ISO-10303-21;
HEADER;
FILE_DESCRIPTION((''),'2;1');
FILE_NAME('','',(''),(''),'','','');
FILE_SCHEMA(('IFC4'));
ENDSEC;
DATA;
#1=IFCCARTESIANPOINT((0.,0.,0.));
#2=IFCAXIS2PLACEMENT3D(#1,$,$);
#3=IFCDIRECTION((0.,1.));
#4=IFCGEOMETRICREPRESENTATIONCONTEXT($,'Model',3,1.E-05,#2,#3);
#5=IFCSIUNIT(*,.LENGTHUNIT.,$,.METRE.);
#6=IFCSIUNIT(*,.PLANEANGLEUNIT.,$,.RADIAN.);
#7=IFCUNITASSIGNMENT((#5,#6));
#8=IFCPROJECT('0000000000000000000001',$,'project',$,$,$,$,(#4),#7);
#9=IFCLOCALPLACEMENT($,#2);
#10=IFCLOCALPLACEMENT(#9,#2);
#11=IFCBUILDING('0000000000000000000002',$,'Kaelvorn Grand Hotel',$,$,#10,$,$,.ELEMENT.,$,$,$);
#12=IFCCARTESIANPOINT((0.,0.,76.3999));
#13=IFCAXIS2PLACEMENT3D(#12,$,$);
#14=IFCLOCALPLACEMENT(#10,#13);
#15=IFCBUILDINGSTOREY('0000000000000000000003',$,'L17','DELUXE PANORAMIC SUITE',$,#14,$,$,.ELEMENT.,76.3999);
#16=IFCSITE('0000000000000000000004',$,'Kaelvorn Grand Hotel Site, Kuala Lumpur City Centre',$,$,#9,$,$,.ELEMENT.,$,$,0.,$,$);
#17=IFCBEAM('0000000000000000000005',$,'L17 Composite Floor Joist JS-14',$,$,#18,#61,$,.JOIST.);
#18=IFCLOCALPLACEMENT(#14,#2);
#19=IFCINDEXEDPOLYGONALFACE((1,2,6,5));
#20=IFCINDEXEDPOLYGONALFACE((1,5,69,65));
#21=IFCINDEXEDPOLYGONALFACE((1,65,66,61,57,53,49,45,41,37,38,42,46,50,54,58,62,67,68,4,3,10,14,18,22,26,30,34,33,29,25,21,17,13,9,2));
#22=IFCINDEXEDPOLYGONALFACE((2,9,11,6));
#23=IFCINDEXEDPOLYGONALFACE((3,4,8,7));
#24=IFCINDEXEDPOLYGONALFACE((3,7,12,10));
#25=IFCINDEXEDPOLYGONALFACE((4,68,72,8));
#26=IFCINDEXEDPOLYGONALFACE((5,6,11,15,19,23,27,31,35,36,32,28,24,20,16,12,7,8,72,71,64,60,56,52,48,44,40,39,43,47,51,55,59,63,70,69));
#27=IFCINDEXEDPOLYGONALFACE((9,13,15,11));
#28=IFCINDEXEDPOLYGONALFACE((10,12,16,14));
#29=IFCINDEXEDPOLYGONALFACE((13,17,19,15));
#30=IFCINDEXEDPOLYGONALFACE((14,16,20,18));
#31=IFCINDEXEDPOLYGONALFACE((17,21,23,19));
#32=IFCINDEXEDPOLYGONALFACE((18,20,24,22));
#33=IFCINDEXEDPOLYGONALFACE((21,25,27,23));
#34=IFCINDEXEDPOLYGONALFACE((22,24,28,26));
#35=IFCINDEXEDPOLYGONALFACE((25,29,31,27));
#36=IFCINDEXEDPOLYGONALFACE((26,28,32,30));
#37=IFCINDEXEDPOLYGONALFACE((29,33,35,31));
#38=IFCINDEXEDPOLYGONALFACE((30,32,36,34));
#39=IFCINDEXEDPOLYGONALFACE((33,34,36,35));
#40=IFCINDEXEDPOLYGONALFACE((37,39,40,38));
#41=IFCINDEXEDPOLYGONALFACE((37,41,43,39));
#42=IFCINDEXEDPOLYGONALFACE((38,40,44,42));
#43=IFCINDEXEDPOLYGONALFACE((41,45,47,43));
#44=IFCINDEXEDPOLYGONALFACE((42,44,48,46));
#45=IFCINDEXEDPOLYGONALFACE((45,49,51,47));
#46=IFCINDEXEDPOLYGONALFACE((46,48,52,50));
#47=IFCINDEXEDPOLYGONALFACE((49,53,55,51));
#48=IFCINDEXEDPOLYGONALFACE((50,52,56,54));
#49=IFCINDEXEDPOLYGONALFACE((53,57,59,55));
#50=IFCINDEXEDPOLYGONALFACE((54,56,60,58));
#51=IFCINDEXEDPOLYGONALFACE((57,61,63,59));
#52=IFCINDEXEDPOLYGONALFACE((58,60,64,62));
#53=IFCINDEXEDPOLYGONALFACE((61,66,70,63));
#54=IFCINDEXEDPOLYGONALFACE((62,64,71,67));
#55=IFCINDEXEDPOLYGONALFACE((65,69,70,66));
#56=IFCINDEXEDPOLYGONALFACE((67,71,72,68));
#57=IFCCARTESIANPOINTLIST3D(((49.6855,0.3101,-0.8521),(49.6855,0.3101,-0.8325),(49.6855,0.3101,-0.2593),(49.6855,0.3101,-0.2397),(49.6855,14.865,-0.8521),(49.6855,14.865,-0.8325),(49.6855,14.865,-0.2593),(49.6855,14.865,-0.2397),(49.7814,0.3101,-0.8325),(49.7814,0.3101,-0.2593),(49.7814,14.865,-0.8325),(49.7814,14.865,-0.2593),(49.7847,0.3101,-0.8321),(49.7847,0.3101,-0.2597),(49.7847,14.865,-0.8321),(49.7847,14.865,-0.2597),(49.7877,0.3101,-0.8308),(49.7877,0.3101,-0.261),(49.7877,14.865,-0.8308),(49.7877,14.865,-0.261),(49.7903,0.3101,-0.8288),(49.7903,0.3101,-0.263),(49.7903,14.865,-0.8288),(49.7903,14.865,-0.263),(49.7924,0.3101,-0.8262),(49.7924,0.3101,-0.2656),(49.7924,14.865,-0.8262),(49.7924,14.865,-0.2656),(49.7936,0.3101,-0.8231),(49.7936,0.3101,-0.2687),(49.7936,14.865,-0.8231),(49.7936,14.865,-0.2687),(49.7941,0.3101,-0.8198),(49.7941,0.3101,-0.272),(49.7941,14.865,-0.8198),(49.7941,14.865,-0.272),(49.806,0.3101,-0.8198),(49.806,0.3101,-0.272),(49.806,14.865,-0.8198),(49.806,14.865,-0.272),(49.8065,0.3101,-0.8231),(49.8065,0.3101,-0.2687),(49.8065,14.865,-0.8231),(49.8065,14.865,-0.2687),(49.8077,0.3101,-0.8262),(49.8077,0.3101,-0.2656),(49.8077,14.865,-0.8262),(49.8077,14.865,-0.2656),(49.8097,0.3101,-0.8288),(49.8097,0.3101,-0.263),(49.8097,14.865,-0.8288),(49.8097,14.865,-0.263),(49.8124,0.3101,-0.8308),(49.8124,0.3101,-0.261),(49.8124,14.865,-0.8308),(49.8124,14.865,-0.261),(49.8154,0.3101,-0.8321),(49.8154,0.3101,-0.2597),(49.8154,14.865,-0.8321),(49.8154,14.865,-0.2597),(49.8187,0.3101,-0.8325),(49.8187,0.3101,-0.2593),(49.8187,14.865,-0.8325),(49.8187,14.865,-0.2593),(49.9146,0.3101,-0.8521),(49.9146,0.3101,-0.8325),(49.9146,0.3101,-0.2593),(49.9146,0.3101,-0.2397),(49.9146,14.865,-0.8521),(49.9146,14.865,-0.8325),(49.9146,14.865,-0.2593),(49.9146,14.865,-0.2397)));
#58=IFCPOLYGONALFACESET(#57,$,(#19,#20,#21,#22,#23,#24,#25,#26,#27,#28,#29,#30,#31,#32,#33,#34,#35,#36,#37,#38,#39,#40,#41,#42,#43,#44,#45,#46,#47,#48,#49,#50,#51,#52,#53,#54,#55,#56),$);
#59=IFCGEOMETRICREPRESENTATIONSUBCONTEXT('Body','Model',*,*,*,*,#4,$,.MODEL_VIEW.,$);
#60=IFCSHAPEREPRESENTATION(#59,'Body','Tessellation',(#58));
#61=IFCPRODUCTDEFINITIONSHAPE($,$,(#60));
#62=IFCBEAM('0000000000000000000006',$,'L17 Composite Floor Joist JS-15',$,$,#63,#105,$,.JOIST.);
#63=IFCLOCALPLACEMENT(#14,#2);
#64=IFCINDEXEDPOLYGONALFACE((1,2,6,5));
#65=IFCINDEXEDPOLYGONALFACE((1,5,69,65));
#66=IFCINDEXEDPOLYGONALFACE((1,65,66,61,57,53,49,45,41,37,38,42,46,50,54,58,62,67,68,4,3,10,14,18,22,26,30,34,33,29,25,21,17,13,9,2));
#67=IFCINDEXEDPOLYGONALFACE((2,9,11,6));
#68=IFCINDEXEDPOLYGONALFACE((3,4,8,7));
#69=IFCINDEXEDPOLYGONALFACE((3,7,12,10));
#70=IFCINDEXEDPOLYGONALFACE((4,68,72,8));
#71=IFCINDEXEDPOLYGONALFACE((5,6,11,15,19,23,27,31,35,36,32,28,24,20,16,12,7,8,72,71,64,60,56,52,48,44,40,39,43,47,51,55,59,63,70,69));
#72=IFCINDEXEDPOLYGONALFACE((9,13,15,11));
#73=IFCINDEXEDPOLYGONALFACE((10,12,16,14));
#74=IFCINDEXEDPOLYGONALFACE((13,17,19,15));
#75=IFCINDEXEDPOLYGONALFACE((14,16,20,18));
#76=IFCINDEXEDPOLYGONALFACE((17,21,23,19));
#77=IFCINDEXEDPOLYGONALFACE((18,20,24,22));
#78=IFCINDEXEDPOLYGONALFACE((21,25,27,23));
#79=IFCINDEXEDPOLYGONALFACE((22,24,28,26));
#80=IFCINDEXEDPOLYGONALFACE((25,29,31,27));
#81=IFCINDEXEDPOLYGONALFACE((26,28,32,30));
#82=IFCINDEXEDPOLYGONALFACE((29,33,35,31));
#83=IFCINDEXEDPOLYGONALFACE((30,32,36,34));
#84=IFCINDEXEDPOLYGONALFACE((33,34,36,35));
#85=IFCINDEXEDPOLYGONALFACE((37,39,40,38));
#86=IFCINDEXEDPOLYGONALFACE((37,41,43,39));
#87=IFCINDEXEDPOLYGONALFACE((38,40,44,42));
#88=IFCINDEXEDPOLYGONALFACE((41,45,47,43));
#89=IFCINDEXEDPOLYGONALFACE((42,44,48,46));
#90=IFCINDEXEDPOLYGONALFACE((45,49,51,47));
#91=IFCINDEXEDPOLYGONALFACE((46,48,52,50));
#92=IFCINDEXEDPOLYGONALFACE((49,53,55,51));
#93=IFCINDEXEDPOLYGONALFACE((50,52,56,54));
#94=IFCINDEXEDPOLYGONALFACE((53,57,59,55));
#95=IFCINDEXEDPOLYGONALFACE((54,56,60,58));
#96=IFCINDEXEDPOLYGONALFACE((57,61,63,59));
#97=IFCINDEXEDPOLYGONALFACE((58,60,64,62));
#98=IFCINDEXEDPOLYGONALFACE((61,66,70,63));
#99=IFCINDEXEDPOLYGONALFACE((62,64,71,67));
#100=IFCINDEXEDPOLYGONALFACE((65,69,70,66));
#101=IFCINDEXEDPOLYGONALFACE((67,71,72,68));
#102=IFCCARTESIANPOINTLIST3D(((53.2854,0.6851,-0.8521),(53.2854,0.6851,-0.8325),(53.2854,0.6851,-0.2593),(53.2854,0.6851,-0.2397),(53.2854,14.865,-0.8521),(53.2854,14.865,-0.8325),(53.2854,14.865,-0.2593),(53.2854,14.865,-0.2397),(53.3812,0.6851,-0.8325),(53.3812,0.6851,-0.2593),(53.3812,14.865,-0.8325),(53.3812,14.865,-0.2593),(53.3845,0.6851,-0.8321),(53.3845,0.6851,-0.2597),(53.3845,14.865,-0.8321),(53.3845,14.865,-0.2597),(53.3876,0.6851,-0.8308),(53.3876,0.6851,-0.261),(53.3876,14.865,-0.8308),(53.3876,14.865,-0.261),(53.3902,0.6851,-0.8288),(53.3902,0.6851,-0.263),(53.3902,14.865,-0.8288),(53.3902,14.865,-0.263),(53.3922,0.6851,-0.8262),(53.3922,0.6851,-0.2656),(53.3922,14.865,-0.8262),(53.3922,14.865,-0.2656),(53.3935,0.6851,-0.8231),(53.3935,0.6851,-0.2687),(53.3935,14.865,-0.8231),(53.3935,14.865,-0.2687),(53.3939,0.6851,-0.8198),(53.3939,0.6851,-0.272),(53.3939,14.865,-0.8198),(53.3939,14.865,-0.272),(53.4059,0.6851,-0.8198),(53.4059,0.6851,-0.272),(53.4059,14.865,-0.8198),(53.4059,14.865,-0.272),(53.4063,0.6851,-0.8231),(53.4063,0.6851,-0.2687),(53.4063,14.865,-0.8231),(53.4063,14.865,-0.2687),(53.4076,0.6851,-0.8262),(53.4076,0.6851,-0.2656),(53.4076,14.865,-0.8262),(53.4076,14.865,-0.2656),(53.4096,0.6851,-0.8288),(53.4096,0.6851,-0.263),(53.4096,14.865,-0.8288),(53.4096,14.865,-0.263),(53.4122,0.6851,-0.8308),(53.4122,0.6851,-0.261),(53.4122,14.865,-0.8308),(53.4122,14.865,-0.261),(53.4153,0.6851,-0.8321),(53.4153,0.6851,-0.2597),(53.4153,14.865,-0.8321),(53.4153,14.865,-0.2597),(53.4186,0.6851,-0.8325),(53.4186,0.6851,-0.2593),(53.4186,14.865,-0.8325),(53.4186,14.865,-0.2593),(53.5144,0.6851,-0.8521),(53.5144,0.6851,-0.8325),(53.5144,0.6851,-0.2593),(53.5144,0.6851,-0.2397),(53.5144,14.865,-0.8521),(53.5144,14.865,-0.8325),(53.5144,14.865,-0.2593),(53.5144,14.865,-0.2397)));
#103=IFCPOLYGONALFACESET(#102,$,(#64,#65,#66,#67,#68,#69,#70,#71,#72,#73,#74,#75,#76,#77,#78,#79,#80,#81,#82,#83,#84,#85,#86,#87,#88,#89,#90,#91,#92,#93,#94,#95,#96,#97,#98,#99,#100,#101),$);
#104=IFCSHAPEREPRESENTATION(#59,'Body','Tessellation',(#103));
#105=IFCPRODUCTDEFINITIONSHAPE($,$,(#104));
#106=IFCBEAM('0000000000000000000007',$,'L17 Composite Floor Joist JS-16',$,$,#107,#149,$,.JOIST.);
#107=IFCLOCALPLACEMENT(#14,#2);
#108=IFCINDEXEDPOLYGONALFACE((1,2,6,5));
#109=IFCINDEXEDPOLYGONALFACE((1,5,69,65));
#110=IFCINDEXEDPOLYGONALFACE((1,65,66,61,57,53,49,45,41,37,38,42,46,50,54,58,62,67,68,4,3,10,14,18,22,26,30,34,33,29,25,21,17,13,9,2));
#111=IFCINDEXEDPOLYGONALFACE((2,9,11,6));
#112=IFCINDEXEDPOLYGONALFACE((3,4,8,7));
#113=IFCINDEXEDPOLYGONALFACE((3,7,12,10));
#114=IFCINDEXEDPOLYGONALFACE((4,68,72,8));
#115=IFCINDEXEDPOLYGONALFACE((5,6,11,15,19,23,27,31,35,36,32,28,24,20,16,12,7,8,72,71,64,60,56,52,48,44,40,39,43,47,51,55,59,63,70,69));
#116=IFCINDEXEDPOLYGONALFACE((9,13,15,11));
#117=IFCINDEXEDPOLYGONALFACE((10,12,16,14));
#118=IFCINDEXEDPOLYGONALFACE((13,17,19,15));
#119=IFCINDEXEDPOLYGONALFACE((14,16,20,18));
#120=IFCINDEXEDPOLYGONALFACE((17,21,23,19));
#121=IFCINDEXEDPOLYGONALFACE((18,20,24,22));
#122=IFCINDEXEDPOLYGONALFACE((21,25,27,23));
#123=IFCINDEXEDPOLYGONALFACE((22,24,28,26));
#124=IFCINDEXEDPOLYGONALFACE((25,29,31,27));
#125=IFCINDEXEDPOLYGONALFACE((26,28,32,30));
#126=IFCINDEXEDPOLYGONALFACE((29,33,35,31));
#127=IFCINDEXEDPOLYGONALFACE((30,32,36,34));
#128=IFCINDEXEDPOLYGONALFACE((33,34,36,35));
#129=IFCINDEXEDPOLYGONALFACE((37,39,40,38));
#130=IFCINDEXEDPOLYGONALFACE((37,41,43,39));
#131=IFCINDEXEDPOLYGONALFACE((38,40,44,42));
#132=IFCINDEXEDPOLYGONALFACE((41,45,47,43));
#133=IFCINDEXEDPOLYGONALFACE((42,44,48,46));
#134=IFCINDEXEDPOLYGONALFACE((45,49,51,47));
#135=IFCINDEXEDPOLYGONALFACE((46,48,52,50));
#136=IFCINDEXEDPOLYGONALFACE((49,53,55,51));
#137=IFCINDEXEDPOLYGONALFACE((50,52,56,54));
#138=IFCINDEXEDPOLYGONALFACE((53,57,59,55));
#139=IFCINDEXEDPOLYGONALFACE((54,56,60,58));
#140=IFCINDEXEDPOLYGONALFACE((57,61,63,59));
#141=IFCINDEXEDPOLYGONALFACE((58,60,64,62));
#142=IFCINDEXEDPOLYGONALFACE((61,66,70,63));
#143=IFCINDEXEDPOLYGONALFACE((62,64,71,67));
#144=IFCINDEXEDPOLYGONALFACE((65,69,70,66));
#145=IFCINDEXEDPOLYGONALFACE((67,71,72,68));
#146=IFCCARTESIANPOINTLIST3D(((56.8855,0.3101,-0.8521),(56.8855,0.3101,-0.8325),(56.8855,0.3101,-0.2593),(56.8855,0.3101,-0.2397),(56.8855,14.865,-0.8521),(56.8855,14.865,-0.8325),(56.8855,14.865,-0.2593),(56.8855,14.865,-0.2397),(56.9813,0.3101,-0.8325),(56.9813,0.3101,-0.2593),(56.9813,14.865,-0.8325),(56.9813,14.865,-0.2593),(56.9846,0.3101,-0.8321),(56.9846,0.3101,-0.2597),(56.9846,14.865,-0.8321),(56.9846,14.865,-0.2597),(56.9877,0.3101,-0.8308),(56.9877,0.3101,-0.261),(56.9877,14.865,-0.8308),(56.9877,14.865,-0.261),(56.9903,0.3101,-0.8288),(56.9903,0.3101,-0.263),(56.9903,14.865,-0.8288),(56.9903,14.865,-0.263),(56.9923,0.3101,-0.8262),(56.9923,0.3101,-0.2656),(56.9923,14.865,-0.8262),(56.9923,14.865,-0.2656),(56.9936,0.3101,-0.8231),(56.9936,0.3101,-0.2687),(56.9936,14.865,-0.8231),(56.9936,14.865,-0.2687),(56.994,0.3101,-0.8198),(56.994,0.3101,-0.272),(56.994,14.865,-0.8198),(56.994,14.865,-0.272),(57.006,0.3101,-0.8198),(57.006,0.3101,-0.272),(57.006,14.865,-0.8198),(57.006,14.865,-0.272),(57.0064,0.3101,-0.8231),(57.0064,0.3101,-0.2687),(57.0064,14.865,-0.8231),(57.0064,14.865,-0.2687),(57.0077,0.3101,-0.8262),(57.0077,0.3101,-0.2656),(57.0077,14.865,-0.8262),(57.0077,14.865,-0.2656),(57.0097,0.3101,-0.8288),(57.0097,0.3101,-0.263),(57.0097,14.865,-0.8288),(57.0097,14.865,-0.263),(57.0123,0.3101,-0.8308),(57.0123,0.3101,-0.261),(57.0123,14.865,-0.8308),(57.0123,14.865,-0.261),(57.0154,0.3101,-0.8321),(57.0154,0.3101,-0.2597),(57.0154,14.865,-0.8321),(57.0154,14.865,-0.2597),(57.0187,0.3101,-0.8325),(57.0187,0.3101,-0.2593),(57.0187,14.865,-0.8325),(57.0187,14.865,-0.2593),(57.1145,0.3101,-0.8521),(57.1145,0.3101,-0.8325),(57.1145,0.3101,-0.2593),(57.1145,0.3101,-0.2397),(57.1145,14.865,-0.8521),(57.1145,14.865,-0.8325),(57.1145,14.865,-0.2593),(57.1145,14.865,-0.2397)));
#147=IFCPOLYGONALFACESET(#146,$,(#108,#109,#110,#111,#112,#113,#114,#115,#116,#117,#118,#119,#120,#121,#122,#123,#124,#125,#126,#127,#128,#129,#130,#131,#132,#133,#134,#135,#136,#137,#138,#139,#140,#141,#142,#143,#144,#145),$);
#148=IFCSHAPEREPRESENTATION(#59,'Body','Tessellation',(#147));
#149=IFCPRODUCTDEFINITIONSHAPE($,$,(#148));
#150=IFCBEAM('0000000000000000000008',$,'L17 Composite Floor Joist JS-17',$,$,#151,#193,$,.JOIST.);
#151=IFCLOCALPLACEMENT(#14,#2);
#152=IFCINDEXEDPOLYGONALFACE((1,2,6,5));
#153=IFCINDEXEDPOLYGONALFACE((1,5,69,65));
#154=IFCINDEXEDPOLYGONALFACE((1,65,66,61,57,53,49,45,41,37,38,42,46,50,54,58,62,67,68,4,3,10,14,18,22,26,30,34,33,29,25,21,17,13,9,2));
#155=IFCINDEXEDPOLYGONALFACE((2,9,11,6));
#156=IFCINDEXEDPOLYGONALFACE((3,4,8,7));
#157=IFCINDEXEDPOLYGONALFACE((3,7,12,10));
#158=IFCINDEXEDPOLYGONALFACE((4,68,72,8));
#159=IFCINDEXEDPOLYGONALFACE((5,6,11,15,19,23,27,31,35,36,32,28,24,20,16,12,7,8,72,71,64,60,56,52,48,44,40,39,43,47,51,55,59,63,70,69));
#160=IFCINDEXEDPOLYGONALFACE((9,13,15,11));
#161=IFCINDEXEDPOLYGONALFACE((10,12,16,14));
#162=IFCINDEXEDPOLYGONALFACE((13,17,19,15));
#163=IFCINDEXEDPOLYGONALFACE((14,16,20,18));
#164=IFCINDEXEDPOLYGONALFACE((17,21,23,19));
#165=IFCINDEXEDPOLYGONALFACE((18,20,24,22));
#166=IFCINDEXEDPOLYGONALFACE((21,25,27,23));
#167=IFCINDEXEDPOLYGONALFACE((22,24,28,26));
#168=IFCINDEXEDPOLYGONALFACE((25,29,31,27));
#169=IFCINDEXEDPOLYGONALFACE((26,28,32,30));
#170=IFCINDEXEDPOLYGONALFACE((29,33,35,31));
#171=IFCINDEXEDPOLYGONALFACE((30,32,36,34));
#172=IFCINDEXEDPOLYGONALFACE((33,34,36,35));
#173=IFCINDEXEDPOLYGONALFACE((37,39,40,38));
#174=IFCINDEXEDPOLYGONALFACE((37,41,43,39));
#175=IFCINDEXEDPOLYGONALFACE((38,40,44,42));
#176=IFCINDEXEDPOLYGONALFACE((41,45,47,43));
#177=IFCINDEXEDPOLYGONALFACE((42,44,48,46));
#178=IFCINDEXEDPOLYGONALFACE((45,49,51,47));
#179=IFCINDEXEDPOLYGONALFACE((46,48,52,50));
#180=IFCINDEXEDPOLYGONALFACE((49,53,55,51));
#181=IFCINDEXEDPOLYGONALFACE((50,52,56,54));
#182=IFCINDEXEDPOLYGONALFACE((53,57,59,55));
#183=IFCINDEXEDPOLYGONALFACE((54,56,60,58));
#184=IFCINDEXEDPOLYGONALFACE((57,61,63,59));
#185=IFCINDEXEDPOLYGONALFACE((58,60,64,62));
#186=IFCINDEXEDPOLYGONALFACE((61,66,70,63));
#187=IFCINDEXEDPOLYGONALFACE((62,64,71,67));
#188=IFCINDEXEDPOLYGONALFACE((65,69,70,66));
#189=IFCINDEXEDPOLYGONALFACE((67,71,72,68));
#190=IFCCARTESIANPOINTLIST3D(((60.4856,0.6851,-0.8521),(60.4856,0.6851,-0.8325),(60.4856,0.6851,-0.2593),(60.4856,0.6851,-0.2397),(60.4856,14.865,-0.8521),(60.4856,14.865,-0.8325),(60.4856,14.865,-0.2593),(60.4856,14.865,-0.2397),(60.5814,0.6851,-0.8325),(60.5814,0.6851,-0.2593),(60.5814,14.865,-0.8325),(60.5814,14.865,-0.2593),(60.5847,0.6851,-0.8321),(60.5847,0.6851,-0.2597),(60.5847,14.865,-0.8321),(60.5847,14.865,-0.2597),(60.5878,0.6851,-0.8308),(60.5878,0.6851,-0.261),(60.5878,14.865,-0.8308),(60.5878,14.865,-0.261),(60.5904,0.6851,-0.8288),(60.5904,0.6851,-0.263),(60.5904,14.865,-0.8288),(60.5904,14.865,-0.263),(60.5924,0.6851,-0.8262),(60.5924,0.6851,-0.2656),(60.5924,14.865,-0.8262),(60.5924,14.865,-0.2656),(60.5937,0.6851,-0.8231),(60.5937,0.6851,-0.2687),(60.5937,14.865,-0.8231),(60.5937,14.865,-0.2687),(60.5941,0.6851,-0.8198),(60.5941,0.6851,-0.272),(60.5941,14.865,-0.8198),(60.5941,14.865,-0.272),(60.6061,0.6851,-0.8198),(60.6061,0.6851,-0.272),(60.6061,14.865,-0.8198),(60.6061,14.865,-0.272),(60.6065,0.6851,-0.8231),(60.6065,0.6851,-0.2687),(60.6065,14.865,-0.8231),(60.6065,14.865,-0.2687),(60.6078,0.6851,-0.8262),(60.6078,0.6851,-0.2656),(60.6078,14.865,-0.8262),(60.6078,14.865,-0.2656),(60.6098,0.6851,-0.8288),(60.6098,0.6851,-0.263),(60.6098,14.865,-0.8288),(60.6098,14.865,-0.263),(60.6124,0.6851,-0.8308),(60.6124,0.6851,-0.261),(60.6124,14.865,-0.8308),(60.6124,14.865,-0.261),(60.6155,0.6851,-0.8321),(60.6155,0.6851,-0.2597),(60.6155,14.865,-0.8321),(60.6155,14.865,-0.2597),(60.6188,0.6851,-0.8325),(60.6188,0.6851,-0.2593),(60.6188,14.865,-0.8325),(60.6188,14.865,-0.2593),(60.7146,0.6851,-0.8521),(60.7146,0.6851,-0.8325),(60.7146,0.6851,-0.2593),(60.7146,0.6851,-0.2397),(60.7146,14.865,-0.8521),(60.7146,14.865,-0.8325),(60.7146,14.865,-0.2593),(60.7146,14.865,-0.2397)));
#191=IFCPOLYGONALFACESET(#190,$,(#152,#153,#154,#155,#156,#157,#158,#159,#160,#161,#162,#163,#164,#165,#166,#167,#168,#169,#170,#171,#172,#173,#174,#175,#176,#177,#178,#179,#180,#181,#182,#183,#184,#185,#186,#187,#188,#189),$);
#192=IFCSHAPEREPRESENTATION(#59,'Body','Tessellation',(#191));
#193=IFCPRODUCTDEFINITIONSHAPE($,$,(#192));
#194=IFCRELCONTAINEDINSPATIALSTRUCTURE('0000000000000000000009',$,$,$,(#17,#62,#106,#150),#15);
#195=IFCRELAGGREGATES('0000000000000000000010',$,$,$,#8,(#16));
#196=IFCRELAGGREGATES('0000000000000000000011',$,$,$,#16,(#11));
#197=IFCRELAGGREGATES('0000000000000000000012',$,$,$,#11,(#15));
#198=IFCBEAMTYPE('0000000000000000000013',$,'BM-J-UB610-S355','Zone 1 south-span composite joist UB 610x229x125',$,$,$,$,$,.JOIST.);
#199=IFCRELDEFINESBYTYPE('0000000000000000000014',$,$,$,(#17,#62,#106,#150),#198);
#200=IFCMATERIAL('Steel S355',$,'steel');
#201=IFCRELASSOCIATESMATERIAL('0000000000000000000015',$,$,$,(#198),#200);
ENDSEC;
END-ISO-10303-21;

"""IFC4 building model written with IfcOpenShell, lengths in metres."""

from ifc_helpers import new_model, si_unit, direction, frame, origin, origin_2d, place, context, subcontext, project, spatial, i_section, extrude, material, material_profile, profile_set, type_object, element, save


model = new_model("IFC4")

# Units and contexts
model_context = context("Model", 3, precision=1e-05, world=origin(), true_north=direction((0.0, 1.0)))
body_context = subcontext(model_context, "Body", "Model", "MODEL_VIEW")
ifc_project = project(units=[si_unit("LENGTHUNIT", "METRE"), si_unit("PLANEANGLEUNIT", "RADIAN")], contexts=[model_context])

# Site, building, storey
site_placement = place(None, origin())
site = spatial("IfcSite", under=ifc_project, at=site_placement, Name="Kaelvorn Grand Hotel Site, Kuala Lumpur City Centre", CompositionType="ELEMENT", RefElevation=0.0)
building_placement = place(site_placement, origin())
building = spatial("IfcBuilding", under=site, at=building_placement, Name="Kaelvorn Grand Hotel", CompositionType="ELEMENT")
storey_placement = place(building_placement, frame((0.0, 0.0, 76.3999)))
storey = spatial("IfcBuildingStorey", under=building, at=storey_placement, Name="L17", Description="DELUXE PANORAMIC SUITE", CompositionType="ELEMENT", Elevation=76.3999)

# Beams
ifc_material_1 = material(Name="Steel S355", Category="steel")
ifc_material_profile_1 = material_profile(ifc_material_1, i_section(OverallWidth=0.229, OverallDepth=0.6123, WebThickness=0.012, FlangeThickness=0.0195, FilletRadius=0.0127, at=origin_2d()), Name="UB 610x229x125")
ifc_profile_set_1 = profile_set([ifc_material_profile_1], Name="Steel S355")
beam_type_1 = type_object("IfcBeamType", Name="BM-J-UB610-S355", Description="Zone 1 south-span composite joist UB 610x229x125", PredefinedType="JOIST", material=ifc_profile_set_1)
beam_1_placement = place(storey_placement, frame((49.8, 0.3101, -0.5459), z_axis=(0.0, 1.0, 0.0), x_axis=(-1.0, 0.0, 0.0)))
element("IfcBeam", 1, at=beam_1_placement, inside=storey, type_object=beam_type_1, Name="L17 Composite Floor Joist JS-14", PredefinedType="JOIST", context=body_context, shape_type="SweptSolid", body=[
    extrude(i_section(OverallWidth=0.229, OverallDepth=0.6123, WebThickness=0.012, FlangeThickness=0.0195, FilletRadius=0.0127, at=origin_2d()), origin(), (0.0, 0.0, 1.0), 14.5549),
])
beam_2_placement = place(storey_placement, frame((53.3999, 0.6851, -0.5459), z_axis=(0.0, 1.0, 0.0), x_axis=(-1.0, 0.0, 0.0)))
element("IfcBeam", 2, at=beam_2_placement, inside=storey, type_object=beam_type_1, Name="L17 Composite Floor Joist JS-15", PredefinedType="JOIST", context=body_context, shape_type="SweptSolid", body=[
    extrude(i_section(OverallWidth=0.229, OverallDepth=0.6123, WebThickness=0.012, FlangeThickness=0.0195, FilletRadius=0.0127, at=origin_2d()), origin(), (0.0, 0.0, 1.0), 14.1799),
])
beam_3_placement = place(storey_placement, frame((57.0, 0.3101, -0.5459), z_axis=(0.0, 1.0, 0.0), x_axis=(-1.0, 0.0, 0.0)))
element("IfcBeam", 3, at=beam_3_placement, inside=storey, type_object=beam_type_1, Name="L17 Composite Floor Joist JS-16", PredefinedType="JOIST", context=body_context, shape_type="SweptSolid", body=[
    extrude(i_section(OverallWidth=0.229, OverallDepth=0.6123, WebThickness=0.012, FlangeThickness=0.0195, FilletRadius=0.0127, at=origin_2d()), origin(), (0.0, 0.0, 1.0), 14.5549),
])
beam_4_placement = place(storey_placement, frame((60.6001, 0.6851, -0.5459), z_axis=(0.0, 1.0, 0.0), x_axis=(-1.0, 0.0, 0.0)))
element("IfcBeam", 4, at=beam_4_placement, inside=storey, type_object=beam_type_1, Name="L17 Composite Floor Joist JS-17", PredefinedType="JOIST", context=body_context, shape_type="SweptSolid", body=[
    extrude(i_section(OverallWidth=0.229, OverallDepth=0.6123, WebThickness=0.012, FlangeThickness=0.0195, FilletRadius=0.0127, at=origin_2d()), origin(), (0.0, 0.0, 1.0), 14.1799),
])

save(model, "model.ifc")
